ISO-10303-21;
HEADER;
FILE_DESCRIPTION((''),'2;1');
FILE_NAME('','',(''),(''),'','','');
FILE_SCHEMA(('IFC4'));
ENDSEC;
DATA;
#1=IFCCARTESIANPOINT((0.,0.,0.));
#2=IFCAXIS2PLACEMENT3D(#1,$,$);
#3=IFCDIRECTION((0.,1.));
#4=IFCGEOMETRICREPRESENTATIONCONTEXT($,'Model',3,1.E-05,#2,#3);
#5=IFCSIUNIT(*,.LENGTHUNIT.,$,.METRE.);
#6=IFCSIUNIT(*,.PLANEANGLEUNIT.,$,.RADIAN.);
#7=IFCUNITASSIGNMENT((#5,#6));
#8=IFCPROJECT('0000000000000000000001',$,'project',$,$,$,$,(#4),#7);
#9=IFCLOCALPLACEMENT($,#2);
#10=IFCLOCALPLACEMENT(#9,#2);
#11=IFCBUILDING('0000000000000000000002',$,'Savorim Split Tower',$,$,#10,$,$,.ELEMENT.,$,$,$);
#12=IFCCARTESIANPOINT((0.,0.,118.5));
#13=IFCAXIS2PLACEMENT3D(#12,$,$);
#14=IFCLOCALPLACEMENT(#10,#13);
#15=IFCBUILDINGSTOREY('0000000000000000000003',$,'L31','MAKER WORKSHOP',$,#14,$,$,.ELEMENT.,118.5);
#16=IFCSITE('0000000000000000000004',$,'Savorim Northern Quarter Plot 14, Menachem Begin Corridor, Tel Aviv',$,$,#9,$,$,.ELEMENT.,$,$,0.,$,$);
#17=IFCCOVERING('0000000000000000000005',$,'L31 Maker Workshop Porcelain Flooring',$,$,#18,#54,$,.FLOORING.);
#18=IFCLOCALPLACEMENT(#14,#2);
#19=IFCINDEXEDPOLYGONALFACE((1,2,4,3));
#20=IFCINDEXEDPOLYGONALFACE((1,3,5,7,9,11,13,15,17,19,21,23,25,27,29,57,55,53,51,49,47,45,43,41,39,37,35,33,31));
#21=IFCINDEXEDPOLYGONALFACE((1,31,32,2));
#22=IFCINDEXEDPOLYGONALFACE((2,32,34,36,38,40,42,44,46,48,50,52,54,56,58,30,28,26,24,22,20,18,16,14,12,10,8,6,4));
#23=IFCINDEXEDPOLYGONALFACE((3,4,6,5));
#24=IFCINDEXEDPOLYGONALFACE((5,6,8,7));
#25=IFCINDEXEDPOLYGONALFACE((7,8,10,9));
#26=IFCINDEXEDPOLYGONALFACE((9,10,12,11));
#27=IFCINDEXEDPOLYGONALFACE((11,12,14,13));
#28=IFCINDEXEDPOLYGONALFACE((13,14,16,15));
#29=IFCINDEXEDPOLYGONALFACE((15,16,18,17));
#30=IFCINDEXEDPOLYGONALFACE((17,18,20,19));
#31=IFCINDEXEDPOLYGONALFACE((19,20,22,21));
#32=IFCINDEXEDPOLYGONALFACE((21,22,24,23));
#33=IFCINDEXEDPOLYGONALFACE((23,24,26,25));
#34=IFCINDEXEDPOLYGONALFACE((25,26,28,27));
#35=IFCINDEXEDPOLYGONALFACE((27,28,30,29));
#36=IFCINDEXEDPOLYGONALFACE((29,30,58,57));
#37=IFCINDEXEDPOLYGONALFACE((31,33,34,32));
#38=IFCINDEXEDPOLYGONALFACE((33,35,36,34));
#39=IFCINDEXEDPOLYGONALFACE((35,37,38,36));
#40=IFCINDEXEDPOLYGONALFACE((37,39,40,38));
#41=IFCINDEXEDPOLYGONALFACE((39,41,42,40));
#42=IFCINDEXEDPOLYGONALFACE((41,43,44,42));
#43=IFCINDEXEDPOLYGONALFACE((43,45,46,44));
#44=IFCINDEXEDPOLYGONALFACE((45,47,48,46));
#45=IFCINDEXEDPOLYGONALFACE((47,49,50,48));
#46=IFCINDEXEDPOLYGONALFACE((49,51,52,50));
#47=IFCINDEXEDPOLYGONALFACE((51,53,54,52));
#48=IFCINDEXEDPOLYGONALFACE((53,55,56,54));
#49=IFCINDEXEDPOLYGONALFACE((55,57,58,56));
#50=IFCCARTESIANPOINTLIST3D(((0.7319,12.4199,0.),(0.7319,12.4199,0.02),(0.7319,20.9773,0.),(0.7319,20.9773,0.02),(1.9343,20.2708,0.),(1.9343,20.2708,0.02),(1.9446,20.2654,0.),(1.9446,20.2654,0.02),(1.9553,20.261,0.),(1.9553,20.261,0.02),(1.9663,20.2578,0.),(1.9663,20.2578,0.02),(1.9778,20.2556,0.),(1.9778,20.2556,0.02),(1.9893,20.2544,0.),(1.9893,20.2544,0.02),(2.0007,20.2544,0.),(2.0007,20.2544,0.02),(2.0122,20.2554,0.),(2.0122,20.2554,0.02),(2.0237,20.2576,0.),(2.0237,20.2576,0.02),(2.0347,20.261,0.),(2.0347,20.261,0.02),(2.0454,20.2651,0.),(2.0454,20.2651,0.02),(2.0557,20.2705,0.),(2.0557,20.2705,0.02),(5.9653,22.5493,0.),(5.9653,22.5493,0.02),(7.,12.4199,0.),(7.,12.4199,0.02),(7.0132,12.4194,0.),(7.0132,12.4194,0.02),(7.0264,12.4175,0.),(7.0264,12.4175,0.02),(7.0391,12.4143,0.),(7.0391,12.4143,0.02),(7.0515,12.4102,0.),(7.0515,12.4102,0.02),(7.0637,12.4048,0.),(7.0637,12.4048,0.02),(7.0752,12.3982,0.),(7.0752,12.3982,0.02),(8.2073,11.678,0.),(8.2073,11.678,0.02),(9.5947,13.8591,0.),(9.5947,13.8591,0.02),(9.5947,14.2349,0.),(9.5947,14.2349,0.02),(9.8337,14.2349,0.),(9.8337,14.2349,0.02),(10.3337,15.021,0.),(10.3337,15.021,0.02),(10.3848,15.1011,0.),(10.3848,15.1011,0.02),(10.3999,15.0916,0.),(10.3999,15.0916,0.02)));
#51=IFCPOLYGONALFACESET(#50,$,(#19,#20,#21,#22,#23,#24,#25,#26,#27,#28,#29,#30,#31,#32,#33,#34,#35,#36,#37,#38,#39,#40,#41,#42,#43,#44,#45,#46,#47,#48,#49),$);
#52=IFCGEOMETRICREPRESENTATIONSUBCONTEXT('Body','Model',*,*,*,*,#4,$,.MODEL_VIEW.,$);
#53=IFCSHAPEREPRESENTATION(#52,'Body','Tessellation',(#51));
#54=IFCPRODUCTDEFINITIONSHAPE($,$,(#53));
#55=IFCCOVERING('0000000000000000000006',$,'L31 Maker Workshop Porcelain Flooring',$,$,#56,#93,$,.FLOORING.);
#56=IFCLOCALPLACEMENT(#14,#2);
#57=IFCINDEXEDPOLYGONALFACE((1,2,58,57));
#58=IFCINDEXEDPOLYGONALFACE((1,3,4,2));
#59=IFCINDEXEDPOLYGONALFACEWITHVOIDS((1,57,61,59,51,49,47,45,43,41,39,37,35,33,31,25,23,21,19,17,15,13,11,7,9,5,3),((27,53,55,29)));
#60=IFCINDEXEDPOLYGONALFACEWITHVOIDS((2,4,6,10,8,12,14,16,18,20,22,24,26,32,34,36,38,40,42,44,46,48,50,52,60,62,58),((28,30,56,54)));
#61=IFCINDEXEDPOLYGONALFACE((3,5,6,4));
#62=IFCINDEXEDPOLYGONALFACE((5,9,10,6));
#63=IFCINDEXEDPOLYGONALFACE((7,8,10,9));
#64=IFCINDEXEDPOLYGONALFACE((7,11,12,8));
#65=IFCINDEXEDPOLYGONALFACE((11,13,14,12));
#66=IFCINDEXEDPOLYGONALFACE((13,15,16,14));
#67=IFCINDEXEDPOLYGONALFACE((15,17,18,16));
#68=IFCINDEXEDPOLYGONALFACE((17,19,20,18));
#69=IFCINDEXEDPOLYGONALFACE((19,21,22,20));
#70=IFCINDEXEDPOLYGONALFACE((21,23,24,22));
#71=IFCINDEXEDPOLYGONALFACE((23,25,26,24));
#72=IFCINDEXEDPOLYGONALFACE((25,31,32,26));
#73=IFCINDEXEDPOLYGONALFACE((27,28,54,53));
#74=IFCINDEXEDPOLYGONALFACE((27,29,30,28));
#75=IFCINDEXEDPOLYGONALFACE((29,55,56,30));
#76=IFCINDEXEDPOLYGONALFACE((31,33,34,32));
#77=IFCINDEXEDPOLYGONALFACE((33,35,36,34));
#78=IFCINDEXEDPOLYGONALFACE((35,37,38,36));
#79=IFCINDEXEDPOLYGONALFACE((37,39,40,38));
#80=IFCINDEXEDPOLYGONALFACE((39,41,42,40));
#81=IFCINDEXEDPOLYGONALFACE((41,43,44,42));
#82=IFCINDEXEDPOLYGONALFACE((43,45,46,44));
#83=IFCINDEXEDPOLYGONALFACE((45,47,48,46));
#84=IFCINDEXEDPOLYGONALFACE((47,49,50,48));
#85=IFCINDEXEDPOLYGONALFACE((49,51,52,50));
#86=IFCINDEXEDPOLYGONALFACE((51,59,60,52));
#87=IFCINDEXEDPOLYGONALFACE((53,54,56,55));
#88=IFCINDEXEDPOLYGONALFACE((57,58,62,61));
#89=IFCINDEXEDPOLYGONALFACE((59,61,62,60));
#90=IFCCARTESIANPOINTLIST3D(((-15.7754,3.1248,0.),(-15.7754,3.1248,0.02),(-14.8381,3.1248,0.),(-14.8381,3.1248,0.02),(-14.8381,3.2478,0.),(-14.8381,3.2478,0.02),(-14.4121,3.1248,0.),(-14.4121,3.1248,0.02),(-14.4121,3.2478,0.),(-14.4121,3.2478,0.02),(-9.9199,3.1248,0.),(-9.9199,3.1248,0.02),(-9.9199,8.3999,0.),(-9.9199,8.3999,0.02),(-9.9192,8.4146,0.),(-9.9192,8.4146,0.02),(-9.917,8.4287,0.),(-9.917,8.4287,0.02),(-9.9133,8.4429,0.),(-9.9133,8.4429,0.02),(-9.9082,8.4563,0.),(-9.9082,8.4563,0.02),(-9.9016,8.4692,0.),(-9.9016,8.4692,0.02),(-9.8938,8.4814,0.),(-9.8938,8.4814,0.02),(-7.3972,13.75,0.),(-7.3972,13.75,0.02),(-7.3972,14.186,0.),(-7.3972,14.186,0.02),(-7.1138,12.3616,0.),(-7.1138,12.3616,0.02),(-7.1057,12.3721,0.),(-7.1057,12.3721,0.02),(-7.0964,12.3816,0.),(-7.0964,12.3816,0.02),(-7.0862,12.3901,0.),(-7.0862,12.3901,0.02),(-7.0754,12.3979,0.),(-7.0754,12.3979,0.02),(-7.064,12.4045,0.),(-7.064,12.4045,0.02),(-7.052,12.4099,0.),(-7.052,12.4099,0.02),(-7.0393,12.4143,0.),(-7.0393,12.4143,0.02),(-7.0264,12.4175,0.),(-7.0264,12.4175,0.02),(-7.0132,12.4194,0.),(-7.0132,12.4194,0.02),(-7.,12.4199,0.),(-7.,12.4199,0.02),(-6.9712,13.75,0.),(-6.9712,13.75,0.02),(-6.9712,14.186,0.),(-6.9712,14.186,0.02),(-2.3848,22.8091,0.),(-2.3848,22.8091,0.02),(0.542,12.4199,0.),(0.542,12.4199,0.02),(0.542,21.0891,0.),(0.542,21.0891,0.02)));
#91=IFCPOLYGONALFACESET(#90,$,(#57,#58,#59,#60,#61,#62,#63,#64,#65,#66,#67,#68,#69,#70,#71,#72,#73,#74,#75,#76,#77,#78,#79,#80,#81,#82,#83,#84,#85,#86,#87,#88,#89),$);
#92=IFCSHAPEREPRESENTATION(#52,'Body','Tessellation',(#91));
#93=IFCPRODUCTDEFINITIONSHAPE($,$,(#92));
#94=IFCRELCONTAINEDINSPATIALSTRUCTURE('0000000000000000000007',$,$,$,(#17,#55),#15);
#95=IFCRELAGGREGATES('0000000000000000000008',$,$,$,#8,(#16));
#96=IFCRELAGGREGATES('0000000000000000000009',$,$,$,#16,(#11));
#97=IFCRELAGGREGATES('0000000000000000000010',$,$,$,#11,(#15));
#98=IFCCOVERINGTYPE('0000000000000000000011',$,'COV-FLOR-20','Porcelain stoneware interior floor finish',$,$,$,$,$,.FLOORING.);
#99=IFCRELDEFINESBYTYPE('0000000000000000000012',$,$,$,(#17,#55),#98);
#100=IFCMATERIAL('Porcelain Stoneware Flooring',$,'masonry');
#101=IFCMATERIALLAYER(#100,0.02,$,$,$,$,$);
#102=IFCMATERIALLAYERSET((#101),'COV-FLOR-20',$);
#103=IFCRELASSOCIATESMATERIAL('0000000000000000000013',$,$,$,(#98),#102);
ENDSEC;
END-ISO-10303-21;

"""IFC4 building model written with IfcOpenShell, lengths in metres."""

from ifc_helpers import new_model, si_unit, direction, frame, origin, place, context, subcontext, project, spatial, polyline, outline, extrude, material, layer, layer_set, type_object, element, save


model = new_model("IFC4")

# Units and contexts
model_context = context("Model", 3, precision=1e-05, world=origin(), true_north=direction((0.0, 1.0)))
body_context = subcontext(model_context, "Body", "Model", "MODEL_VIEW")
ifc_project = project(units=[si_unit("LENGTHUNIT", "METRE"), si_unit("PLANEANGLEUNIT", "RADIAN")], contexts=[model_context])

# Site, building, storey
site_placement = place(None, origin())
site = spatial("IfcSite", under=ifc_project, at=site_placement, Name="Savorim Northern Quarter Plot 14, Menachem Begin Corridor, Tel Aviv", CompositionType="ELEMENT", RefElevation=0.0)
building_placement = place(site_placement, origin())
building = spatial("IfcBuilding", under=site, at=building_placement, Name="Savorim Split Tower", CompositionType="ELEMENT")
storey_placement = place(building_placement, frame((0.0, 0.0, 118.5)))
storey = spatial("IfcBuildingStorey", under=building, at=storey_placement, Name="L31", Description="MAKER WORKSHOP", CompositionType="ELEMENT", Elevation=118.5)

# Coverings
ifc_material_1 = material(Name="Porcelain Stoneware Flooring", Category="masonry")
ifc_layer_1 = layer(ifc_material_1, 0.02)
ifc_layer_set_1 = layer_set([ifc_layer_1], Name="COV-FLOR-20")
covering_type_1 = type_object("IfcCoveringType", Name="COV-FLOR-20", Description="Porcelain stoneware interior floor finish", PredefinedType="FLOORING", material=ifc_layer_set_1)
covering_1_placement = place(storey_placement, origin())
element("IfcCovering", 1, at=covering_1_placement, inside=storey, type_object=covering_type_1, Name="L31 Maker Workshop Porcelain Flooring", PredefinedType="FLOORING", context=body_context, shape_type="SweptSolid", body=[
    extrude(outline(polyline([(1.9553, 20.261), (1.9446, 20.2654), (1.9343, 20.2708), (0.7319, 20.9773), (0.7319, 12.4199), (7.0, 12.4199), (7.0132, 12.4194), (7.0264, 12.4175), (7.0391, 12.4143), (7.0515, 12.4102), (7.0637, 12.4048), (7.0752, 12.3982), (8.2073, 11.678), (9.5947, 13.8591), (9.5947, 14.2349), (9.8337, 14.2349), (10.3337, 15.021), (10.3848, 15.1011), (10.3999, 15.0916), (5.9653, 22.5493), (2.0557, 20.2705), (2.0454, 20.2651), (2.0347, 20.261), (2.0237, 20.2576), (2.0122, 20.2554), (2.0007, 20.2544), (1.9893, 20.2544), (1.9778, 20.2556), (1.9663, 20.2578), (1.9553, 20.261)])), origin(), (0.0, 0.0, 1.0), 0.02),
])
covering_2_placement = place(storey_placement, origin())
element("IfcCovering", 2, at=covering_2_placement, inside=storey, type_object=covering_type_1, Name="L31 Maker Workshop Porcelain Flooring", PredefinedType="FLOORING", context=body_context, shape_type="SweptSolid", body=[
    extrude(outline(polyline([(-7.0, 12.4199), (0.542, 12.4199), (0.542, 21.0891), (-2.3848, 22.8091), (-15.7754, 3.1248), (-14.8381, 3.1248), (-14.8381, 3.2478), (-14.4121, 3.2478), (-14.4121, 3.1248), (-9.9199, 3.1248), (-9.9199, 8.3999), (-9.9192, 8.4146), (-9.917, 8.4287), (-9.9133, 8.4429), (-9.9082, 8.4563), (-9.9016, 8.4692), (-9.8938, 8.4814), (-7.1138, 12.3616), (-7.1057, 12.3721), (-7.0964, 12.3816), (-7.0862, 12.3901), (-7.0754, 12.3979), (-7.064, 12.4045), (-7.052, 12.4099), (-7.0393, 12.4143), (-7.0264, 12.4175), (-7.0132, 12.4194), (-7.0, 12.4199)]), holes=[polyline([(-6.9712, 14.186), (-7.3972, 14.186), (-7.3972, 13.75), (-6.9712, 13.75), (-6.9712, 14.186)])]), origin(), (0.0, 0.0, 1.0), 0.02),
])

save(model, "model.ifc")
